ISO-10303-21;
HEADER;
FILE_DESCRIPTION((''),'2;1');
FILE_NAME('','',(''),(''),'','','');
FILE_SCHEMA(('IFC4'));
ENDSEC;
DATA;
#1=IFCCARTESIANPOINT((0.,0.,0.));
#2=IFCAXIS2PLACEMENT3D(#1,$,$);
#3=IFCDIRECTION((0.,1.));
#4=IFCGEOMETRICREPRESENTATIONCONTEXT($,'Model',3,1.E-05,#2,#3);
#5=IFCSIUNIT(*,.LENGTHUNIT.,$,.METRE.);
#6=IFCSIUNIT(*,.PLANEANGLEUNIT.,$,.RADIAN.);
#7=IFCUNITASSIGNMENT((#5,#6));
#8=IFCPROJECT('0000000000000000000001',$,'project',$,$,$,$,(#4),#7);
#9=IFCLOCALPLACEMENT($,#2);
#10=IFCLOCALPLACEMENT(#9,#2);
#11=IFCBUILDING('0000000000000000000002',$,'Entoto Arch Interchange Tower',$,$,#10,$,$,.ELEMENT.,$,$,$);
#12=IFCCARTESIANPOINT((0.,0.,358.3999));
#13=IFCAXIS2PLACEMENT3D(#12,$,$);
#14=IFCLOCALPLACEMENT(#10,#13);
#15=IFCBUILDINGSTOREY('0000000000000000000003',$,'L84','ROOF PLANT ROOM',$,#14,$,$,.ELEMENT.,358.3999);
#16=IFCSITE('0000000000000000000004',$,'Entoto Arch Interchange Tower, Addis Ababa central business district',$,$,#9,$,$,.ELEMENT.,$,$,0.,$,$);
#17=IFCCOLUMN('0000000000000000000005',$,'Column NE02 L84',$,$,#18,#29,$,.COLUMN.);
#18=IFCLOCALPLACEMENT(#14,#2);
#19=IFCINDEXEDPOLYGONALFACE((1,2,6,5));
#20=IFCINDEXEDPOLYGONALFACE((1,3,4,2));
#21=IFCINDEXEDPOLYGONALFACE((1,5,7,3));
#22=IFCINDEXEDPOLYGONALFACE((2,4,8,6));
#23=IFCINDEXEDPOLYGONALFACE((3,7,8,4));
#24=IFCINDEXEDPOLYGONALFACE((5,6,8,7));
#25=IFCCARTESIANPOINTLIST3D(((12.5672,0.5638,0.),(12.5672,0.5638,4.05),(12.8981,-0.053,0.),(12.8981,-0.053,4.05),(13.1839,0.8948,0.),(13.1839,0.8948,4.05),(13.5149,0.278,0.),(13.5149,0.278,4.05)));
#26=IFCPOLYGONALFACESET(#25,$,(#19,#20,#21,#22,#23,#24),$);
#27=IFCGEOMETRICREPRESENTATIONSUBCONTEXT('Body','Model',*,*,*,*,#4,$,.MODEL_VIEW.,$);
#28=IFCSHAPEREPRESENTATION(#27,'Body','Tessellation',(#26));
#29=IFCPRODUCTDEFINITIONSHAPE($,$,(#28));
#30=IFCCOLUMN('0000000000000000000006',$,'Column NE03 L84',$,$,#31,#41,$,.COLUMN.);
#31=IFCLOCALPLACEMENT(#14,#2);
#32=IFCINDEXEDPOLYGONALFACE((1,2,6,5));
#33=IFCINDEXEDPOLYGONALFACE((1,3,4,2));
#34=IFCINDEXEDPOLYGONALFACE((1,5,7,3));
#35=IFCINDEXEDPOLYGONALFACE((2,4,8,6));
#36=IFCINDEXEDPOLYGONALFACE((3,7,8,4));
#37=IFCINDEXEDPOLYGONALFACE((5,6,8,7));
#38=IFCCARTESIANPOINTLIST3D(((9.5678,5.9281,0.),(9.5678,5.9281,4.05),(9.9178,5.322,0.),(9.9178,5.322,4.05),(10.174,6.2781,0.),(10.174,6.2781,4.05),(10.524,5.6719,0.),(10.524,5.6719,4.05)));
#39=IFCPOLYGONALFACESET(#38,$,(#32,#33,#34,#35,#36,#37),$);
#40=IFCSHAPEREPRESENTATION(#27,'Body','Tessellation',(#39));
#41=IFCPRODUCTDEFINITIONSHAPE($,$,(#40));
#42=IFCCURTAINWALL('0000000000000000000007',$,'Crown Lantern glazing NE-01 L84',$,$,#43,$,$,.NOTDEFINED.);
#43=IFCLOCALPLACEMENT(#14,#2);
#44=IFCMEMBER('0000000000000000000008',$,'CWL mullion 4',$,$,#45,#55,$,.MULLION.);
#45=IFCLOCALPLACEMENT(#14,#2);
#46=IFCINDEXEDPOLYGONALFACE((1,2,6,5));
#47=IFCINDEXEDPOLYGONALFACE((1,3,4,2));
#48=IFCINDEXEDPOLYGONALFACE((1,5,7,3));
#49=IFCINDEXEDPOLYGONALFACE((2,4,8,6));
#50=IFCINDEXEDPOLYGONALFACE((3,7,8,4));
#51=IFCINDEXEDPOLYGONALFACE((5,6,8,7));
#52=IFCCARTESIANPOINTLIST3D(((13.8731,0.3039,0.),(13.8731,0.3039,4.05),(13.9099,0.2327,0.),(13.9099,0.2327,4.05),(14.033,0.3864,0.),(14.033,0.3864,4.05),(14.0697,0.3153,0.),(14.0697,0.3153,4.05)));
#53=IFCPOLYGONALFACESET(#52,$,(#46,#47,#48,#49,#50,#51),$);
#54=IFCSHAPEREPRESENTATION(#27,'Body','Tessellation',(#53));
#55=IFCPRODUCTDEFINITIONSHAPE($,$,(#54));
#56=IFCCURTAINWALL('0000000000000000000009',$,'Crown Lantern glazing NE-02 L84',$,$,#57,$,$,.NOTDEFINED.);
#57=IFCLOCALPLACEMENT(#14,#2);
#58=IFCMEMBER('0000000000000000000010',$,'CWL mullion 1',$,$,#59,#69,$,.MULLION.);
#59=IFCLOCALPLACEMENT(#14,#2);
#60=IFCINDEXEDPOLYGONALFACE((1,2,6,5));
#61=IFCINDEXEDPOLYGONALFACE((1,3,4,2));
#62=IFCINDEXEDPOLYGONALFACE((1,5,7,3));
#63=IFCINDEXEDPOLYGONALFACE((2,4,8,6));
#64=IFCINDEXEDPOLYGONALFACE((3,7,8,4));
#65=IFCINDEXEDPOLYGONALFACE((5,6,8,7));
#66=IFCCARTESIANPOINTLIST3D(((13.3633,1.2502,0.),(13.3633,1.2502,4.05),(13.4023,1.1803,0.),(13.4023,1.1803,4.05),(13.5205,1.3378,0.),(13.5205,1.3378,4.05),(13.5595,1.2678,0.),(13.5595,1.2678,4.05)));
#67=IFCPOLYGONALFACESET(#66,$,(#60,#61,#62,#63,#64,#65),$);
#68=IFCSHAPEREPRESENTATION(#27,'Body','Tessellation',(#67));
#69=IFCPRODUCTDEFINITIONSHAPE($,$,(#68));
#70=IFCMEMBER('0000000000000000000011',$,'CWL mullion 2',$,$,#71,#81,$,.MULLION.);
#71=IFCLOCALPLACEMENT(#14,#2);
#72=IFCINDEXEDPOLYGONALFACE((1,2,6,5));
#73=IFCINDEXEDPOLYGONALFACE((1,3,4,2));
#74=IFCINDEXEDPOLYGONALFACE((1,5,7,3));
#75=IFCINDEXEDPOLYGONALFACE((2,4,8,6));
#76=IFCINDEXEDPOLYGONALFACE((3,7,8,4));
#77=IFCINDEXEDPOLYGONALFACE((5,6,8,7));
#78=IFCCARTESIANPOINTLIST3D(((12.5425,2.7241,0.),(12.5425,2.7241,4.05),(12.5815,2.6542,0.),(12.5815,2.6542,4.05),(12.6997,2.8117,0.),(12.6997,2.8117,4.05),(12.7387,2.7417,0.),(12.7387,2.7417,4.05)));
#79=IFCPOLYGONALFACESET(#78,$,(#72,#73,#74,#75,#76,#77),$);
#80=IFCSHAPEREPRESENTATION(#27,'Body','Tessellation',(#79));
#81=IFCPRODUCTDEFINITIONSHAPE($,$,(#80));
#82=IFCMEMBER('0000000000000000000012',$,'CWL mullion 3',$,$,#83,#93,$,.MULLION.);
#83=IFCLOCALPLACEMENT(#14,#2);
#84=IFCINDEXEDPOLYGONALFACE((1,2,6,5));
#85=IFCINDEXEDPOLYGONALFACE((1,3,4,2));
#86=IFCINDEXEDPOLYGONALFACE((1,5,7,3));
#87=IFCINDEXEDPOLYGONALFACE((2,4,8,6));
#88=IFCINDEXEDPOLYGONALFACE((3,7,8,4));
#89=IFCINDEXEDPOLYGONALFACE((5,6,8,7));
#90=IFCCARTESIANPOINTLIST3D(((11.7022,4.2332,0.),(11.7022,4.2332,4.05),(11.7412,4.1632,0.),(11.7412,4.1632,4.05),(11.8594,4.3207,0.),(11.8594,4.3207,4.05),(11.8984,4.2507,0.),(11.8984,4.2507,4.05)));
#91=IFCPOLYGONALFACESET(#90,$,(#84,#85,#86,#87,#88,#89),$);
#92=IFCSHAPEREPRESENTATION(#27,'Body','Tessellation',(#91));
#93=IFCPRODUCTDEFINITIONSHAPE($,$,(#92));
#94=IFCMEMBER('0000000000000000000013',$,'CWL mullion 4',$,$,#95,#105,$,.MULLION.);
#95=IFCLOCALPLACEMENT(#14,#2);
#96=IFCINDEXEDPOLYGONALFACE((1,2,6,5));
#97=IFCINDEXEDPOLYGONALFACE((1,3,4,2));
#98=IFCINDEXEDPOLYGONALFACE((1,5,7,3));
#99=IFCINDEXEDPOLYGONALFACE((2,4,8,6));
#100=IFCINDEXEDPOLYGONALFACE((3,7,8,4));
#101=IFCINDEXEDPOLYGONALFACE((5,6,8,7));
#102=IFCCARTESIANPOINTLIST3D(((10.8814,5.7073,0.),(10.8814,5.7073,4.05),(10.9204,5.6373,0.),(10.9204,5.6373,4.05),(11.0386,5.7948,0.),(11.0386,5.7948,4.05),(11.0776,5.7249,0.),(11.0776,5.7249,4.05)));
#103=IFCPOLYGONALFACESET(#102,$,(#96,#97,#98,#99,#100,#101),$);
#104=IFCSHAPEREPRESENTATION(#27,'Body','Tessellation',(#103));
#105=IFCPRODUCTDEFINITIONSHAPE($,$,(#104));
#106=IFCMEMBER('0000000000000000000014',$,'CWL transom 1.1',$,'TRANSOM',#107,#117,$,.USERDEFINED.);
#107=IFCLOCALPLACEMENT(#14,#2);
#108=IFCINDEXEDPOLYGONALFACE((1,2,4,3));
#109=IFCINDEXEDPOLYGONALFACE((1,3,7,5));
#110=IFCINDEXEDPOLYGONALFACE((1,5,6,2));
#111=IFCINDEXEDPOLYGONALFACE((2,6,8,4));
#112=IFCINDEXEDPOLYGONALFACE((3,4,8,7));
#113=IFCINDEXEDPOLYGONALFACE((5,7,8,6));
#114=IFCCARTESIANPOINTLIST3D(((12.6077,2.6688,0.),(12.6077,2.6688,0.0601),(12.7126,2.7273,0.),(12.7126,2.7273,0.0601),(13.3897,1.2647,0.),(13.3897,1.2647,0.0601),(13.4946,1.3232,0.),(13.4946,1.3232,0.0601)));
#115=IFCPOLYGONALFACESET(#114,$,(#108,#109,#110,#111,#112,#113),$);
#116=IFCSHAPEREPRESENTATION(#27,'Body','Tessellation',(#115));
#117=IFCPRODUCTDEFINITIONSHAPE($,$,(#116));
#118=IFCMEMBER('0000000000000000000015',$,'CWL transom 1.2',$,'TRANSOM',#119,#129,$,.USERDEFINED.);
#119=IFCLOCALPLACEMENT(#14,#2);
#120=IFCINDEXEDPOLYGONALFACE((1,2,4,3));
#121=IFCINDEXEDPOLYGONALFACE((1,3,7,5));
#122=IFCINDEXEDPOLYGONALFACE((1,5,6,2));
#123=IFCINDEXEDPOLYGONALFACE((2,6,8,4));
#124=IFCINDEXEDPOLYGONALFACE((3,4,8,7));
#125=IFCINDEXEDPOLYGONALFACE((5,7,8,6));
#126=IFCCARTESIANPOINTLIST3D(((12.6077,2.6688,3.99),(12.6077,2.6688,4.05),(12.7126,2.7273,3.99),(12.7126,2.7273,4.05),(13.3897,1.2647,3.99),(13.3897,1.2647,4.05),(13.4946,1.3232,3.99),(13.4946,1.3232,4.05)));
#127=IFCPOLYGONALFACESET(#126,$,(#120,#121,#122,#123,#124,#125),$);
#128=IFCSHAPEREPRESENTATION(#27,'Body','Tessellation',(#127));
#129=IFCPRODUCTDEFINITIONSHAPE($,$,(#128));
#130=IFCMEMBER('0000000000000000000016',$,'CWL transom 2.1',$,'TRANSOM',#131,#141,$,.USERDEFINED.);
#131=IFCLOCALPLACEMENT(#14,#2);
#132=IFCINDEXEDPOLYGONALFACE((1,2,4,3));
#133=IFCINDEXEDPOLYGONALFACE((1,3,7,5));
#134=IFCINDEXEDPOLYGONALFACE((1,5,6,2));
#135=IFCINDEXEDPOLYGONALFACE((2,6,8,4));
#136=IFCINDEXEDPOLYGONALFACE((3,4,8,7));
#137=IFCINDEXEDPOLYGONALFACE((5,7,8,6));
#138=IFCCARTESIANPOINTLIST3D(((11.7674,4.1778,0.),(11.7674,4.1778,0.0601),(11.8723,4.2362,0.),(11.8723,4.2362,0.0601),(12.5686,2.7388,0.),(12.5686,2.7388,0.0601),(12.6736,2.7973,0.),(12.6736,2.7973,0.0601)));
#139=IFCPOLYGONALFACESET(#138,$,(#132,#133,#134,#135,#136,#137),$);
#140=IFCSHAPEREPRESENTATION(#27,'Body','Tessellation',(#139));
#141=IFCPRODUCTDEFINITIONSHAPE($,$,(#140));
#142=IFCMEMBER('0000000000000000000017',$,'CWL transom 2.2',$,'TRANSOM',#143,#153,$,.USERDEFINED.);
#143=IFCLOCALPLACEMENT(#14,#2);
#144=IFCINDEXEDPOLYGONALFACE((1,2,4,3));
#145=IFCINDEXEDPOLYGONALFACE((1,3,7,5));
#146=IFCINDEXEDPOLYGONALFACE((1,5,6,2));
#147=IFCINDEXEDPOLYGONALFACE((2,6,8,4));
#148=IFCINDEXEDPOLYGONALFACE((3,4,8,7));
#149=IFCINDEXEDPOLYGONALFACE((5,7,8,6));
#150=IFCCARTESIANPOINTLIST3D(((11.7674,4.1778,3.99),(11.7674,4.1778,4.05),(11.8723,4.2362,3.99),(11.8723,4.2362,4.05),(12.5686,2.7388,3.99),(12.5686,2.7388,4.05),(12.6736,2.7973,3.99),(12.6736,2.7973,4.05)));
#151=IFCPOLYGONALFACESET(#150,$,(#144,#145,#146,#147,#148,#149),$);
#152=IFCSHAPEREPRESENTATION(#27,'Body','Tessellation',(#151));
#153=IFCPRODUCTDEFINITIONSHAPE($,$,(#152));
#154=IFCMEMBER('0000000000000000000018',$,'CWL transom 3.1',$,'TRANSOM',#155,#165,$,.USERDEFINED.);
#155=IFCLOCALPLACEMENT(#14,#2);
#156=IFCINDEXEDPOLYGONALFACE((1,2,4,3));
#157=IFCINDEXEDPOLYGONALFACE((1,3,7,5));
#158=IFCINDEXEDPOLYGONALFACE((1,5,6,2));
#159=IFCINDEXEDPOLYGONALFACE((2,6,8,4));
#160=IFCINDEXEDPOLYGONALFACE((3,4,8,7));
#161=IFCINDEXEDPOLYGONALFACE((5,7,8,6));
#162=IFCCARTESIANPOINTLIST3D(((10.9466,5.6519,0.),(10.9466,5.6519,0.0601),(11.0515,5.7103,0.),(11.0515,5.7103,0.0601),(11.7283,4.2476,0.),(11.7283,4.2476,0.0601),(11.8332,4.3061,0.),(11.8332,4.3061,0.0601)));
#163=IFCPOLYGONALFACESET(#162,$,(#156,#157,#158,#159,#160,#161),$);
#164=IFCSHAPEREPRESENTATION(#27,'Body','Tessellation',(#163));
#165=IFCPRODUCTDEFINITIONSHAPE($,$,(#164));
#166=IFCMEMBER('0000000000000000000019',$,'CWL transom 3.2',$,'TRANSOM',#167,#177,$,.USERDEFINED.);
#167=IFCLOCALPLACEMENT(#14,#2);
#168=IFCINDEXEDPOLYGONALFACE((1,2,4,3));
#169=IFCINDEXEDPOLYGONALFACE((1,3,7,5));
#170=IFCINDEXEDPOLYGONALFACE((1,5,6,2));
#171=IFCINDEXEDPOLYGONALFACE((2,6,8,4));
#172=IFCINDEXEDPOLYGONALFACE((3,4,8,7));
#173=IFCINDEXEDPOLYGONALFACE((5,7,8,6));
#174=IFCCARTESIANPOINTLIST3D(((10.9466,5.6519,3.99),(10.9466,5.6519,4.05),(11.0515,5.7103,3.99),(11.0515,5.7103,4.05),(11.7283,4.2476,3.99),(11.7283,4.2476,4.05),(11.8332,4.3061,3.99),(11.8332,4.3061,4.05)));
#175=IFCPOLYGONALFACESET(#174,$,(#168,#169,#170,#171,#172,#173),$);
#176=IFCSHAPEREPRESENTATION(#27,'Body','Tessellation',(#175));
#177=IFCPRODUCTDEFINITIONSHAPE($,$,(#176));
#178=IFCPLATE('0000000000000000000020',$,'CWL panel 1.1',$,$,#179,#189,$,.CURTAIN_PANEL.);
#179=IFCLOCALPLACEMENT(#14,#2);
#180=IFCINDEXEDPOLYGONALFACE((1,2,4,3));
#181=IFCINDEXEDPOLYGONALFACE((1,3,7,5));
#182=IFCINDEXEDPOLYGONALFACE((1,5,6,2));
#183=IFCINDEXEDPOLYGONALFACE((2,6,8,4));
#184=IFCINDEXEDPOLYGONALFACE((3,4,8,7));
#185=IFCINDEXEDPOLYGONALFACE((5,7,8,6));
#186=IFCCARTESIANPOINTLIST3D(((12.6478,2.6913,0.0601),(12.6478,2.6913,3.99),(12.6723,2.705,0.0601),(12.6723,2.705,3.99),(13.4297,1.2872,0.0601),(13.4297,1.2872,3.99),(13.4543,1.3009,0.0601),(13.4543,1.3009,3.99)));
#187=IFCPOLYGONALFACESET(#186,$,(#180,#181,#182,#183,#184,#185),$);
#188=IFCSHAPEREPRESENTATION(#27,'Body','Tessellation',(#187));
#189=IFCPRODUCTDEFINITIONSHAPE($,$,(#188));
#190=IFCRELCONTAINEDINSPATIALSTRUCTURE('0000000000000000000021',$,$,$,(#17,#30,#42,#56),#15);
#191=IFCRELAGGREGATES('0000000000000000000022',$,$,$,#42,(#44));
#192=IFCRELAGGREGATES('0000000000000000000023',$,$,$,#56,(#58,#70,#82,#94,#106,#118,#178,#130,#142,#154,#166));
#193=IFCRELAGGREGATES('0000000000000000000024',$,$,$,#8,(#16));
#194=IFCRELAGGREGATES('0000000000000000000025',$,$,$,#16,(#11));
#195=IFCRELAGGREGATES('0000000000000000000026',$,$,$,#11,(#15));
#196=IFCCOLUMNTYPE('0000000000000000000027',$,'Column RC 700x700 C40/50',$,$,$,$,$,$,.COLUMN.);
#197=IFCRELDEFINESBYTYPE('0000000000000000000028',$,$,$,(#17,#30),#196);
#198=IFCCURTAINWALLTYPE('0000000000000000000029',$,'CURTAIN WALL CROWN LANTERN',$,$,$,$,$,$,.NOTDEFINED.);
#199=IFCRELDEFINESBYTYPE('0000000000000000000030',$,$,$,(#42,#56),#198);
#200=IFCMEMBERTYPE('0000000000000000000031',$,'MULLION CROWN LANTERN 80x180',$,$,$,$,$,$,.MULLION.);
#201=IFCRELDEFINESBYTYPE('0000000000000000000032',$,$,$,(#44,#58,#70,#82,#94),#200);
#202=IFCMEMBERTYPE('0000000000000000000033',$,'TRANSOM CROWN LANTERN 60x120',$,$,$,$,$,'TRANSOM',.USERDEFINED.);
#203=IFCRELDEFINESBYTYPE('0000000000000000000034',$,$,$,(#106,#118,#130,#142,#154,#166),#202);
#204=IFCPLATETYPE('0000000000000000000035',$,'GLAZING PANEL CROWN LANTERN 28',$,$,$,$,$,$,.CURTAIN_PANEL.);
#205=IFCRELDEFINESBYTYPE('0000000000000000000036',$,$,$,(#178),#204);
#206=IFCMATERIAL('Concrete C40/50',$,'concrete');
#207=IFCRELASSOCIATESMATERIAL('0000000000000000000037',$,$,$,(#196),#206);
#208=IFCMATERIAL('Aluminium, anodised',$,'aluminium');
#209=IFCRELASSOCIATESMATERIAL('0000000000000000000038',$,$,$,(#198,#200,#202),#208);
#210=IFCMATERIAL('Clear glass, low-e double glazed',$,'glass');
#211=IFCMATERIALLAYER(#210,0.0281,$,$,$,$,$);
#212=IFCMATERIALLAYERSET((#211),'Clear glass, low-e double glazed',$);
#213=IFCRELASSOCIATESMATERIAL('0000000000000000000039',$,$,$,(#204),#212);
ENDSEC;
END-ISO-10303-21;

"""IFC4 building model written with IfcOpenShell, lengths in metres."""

from ifc_helpers import new_model, si_unit, direction, frame, origin, origin_2d, place, context, subcontext, project, spatial, rectangle, extrude, material, layer, layer_set, material_profile, profile_set, type_object, element, aggregate, save


model = new_model("IFC4")

# Units and contexts
model_context = context("Model", 3, precision=1e-05, world=origin(), true_north=direction((0.0, 1.0)))
body_context = subcontext(model_context, "Body", "Model", "MODEL_VIEW")
ifc_project = project(units=[si_unit("LENGTHUNIT", "METRE"), si_unit("PLANEANGLEUNIT", "RADIAN")], contexts=[model_context])

# Site, building, storey
site_placement = place(None, origin())
site = spatial("IfcSite", under=ifc_project, at=site_placement, Name="Entoto Arch Interchange Tower, Addis Ababa central business district", CompositionType="ELEMENT", RefElevation=0.0)
building_placement = place(site_placement, origin())
building = spatial("IfcBuilding", under=site, at=building_placement, Name="Entoto Arch Interchange Tower", CompositionType="ELEMENT")
storey_placement = place(building_placement, frame((0.0, 0.0, 358.3999)))
storey = spatial("IfcBuildingStorey", under=building, at=storey_placement, Name="L84", Description="ROOF PLANT ROOM", CompositionType="ELEMENT", Elevation=358.3999)

# Columns
ifc_material_1 = material(Name="Concrete C40/50", Category="concrete")
ifc_material_profile_1 = material_profile(ifc_material_1, rectangle(XDim=0.7, YDim=0.7, at=origin_2d()))
ifc_profile_set_1 = profile_set([ifc_material_profile_1], Name="Concrete C40/50")
column_type = type_object("IfcColumnType", Name="Column RC 700x700 C40/50", PredefinedType="COLUMN", material=ifc_profile_set_1)
for number, where, z_axis, x_axis, name in (
    (1, (13.041, 0.4209, 0.0), (0.0, 0.0, 1.0), (-0.472828, 0.881155, 0.0), "Column NE02 L84"),
    (2, (10.0459, 5.8, 0.0), (0.0, 0.0, 1.0), (-0.5, 0.866025, 0.0), "Column NE03 L84"),
):
    element("IfcColumn", number, at=place(storey_placement, frame(where, z_axis=z_axis, x_axis=x_axis)), inside=storey, type_object=column_type, Name=name, PredefinedType="COLUMN", context=body_context, shape_type="SweptSolid", body=[
        extrude(rectangle(XDim=0.7, YDim=0.7, at=origin_2d()), origin(), (0.0, 0.0, 1.0), 4.05),
    ])

# Curtain wall, member
ifc_material_2 = material(Name="Aluminium, anodised", Category="aluminium")
curtain_wall_type = type_object("IfcCurtainWallType", Name="CURTAIN WALL CROWN LANTERN", PredefinedType="NOTDEFINED", material=ifc_material_2)
curtain_wall_1_placement = place(storey_placement, origin())
curtain_wall_1 = element("IfcCurtainWall", 3, at=curtain_wall_1_placement, inside=storey, type_object=curtain_wall_type, Name="Crown Lantern glazing NE-01 L84", PredefinedType="NOTDEFINED")
ifc_material_profile_2 = material_profile(ifc_material_2, rectangle(XDim=0.1799, YDim=0.0801, at=origin_2d()))
ifc_profile_set_2 = profile_set([ifc_material_profile_2], Name="Aluminium, anodised")
member_type_1 = type_object("IfcMemberType", Name="MULLION CROWN LANTERN 80x180", PredefinedType="MULLION", material=ifc_profile_set_2)
member_1_placement = place(storey_placement, frame((13.9714, 0.3096, 0.0), z_axis=(0.0, 0.0, 1.0), x_axis=(-0.88847, -0.458936, 0.0)))
member_1 = element("IfcMember", 4, at=member_1_placement, type_object=member_type_1, Name="CWL mullion 4", PredefinedType="MULLION", context=body_context, shape_type="SweptSolid", body=[
    extrude(rectangle(XDim=0.1799, YDim=0.0801, at=origin_2d()), origin(), (0.0, 0.0, 1.0), 4.05),
])
aggregate(curtain_wall_1, [member_1])

# Curtain wall, members, plate
curtain_wall_2_placement = place(storey_placement, origin())
curtain_wall_2 = element("IfcCurtainWall", 5, at=curtain_wall_2_placement, inside=storey, type_object=curtain_wall_type, Name="Crown Lantern glazing NE-02 L84", PredefinedType="NOTDEFINED")
member_2_placement = place(storey_placement, frame((13.4614, 1.259, 0.0), z_axis=(0.0, 0.0, 1.0), x_axis=(-0.873665, -0.486528, 0.0)))
member_2 = element("IfcMember", 6, at=member_2_placement, type_object=member_type_1, Name="CWL mullion 1", PredefinedType="MULLION", context=body_context, shape_type="SweptSolid", body=[
    extrude(rectangle(XDim=0.1799, YDim=0.0801, at=origin_2d()), origin(), (0.0, 0.0, 1.0), 4.05),
])
member_3_placement = place(storey_placement, frame((12.6406, 2.7329, 0.0), z_axis=(0.0, 0.0, 1.0), x_axis=(-0.873665, -0.486528, 0.0)))
member_3 = element("IfcMember", 7, at=member_3_placement, type_object=member_type_1, Name="CWL mullion 2", PredefinedType="MULLION", context=body_context, shape_type="SweptSolid", body=[
    extrude(rectangle(XDim=0.1799, YDim=0.0801, at=origin_2d()), origin(), (0.0, 0.0, 1.0), 4.05),
])
member_4_placement = place(storey_placement, frame((11.8003, 4.2419, 0.0), z_axis=(0.0, 0.0, 1.0), x_axis=(-0.873665, -0.486528, 0.0)))
member_4 = element("IfcMember", 8, at=member_4_placement, type_object=member_type_1, Name="CWL mullion 3", PredefinedType="MULLION", context=body_context, shape_type="SweptSolid", body=[
    extrude(rectangle(XDim=0.1799, YDim=0.0801, at=origin_2d()), origin(), (0.0, 0.0, 1.0), 4.05),
])
member_5_placement = place(storey_placement, frame((10.9795, 5.7161, 0.0), z_axis=(0.0, 0.0, 1.0), x_axis=(-0.873665, -0.486528, 0.0)))
member_5 = element("IfcMember", 9, at=member_5_placement, type_object=member_type_1, Name="CWL mullion 4", PredefinedType="MULLION", context=body_context, shape_type="SweptSolid", body=[
    extrude(rectangle(XDim=0.1799, YDim=0.0801, at=origin_2d()), origin(), (0.0, 0.0, 1.0), 4.05),
])
ifc_material_profile_3 = material_profile(ifc_material_2, rectangle(XDim=0.1201, YDim=0.0601, at=origin_2d()))
ifc_profile_set_3 = profile_set([ifc_material_profile_3], Name="Aluminium, anodised")
member_type_2 = type_object("IfcMemberType", Name="TRANSOM CROWN LANTERN 60x120", ElementType="TRANSOM", PredefinedType="USERDEFINED", material=ifc_profile_set_3)
member_6_placement = place(storey_placement, frame((13.4421, 1.2939, 0.03), z_axis=(-0.486571, 0.873641, 0.0), x_axis=(-0.873641, -0.486571, 0.0)))
member_6 = element("IfcMember", 10, at=member_6_placement, type_object=member_type_2, Name="CWL transom 1.1", ObjectType="TRANSOM", PredefinedType="USERDEFINED", context=body_context, shape_type="SweptSolid", body=[
    extrude(rectangle(XDim=0.1201, YDim=0.0601, at=origin_2d()), origin(), (0.0, 0.0, 1.0), 1.6072),
])
member_7_placement = place(storey_placement, frame((13.4421, 1.2939, 4.02), z_axis=(-0.486571, 0.873641, 0.0), x_axis=(-0.873641, -0.486571, 0.0)))
member_7 = element("IfcMember", 11, at=member_7_placement, type_object=member_type_2, Name="CWL transom 1.2", ObjectType="TRANSOM", PredefinedType="USERDEFINED", context=body_context, shape_type="SweptSolid", body=[
    extrude(rectangle(XDim=0.1201, YDim=0.0601, at=origin_2d()), origin(), (0.0, 0.0, 1.0), 1.6072),
])
member_8_placement = place(storey_placement, frame((12.6211, 2.7681, 0.03), z_axis=(-0.486499, 0.873681, 0.0), x_axis=(-0.873681, -0.486499, 0.0)))
member_8 = element("IfcMember", 12, at=member_8_placement, type_object=member_type_2, Name="CWL transom 2.1", ObjectType="TRANSOM", PredefinedType="USERDEFINED", context=body_context, shape_type="SweptSolid", body=[
    extrude(rectangle(XDim=0.1201, YDim=0.0601, at=origin_2d()), origin(), (0.0, 0.0, 1.0), 1.647),
])
member_9_placement = place(storey_placement, frame((12.6211, 2.7681, 4.02), z_axis=(-0.486499, 0.873681, 0.0), x_axis=(-0.873681, -0.486499, 0.0)))
member_9 = element("IfcMember", 13, at=member_9_placement, type_object=member_type_2, Name="CWL transom 2.2", ObjectType="TRANSOM", PredefinedType="USERDEFINED", context=body_context, shape_type="SweptSolid", body=[
    extrude(rectangle(XDim=0.1201, YDim=0.0601, at=origin_2d()), origin(), (0.0, 0.0, 1.0), 1.647),
])
member_10_placement = place(storey_placement, frame((11.7808, 4.2769, 0.03), z_axis=(-0.486391, 0.873741, 0.0), x_axis=(-0.873741, -0.486391, 0.0)))
member_10 = element("IfcMember", 14, at=member_10_placement, type_object=member_type_2, Name="CWL transom 3.1", ObjectType="TRANSOM", PredefinedType="USERDEFINED", context=body_context, shape_type="SweptSolid", body=[
    extrude(rectangle(XDim=0.1201, YDim=0.0601, at=origin_2d()), origin(), (0.0, 0.0, 1.0), 1.6072),
])
member_11_placement = place(storey_placement, frame((11.7808, 4.2769, 4.02), z_axis=(-0.486391, 0.873741, 0.0), x_axis=(-0.873741, -0.486391, 0.0)))
member_11 = element("IfcMember", 15, at=member_11_placement, type_object=member_type_2, Name="CWL transom 3.2", ObjectType="TRANSOM", PredefinedType="USERDEFINED", context=body_context, shape_type="SweptSolid", body=[
    extrude(rectangle(XDim=0.1201, YDim=0.0601, at=origin_2d()), origin(), (0.0, 0.0, 1.0), 1.6072),
])
ifc_material_3 = material(Name="Clear glass, low-e double glazed", Category="glass")
ifc_layer_1 = layer(ifc_material_3, 0.0281)
ifc_layer_set_1 = layer_set([ifc_layer_1], Name="Clear glass, low-e double glazed")
plate_type = type_object("IfcPlateType", Name="GLAZING PANEL CROWN LANTERN 28", PredefinedType="CURTAIN_PANEL", material=ifc_layer_set_1)
plate_1_placement = place(storey_placement, frame((13.051, 1.9961, 0.0601), z_axis=(0.0, 0.0, 1.0), x_axis=(-0.486528, 0.873665, 0.0)))
plate_1 = element("IfcPlate", 16, at=plate_1_placement, type_object=plate_type, Name="CWL panel 1.1", PredefinedType="CURTAIN_PANEL", context=body_context, shape_type="SweptSolid", body=[
    extrude(rectangle(XDim=1.6072, YDim=0.0281, at=origin_2d()), origin(), (0.0, 0.0, 1.0), 3.9299),
])
aggregate(curtain_wall_2, [member_2, member_3, member_4, member_5, member_6, member_7, plate_1, member_8, member_9, member_10, member_11])

save(model, "model.ifc")
